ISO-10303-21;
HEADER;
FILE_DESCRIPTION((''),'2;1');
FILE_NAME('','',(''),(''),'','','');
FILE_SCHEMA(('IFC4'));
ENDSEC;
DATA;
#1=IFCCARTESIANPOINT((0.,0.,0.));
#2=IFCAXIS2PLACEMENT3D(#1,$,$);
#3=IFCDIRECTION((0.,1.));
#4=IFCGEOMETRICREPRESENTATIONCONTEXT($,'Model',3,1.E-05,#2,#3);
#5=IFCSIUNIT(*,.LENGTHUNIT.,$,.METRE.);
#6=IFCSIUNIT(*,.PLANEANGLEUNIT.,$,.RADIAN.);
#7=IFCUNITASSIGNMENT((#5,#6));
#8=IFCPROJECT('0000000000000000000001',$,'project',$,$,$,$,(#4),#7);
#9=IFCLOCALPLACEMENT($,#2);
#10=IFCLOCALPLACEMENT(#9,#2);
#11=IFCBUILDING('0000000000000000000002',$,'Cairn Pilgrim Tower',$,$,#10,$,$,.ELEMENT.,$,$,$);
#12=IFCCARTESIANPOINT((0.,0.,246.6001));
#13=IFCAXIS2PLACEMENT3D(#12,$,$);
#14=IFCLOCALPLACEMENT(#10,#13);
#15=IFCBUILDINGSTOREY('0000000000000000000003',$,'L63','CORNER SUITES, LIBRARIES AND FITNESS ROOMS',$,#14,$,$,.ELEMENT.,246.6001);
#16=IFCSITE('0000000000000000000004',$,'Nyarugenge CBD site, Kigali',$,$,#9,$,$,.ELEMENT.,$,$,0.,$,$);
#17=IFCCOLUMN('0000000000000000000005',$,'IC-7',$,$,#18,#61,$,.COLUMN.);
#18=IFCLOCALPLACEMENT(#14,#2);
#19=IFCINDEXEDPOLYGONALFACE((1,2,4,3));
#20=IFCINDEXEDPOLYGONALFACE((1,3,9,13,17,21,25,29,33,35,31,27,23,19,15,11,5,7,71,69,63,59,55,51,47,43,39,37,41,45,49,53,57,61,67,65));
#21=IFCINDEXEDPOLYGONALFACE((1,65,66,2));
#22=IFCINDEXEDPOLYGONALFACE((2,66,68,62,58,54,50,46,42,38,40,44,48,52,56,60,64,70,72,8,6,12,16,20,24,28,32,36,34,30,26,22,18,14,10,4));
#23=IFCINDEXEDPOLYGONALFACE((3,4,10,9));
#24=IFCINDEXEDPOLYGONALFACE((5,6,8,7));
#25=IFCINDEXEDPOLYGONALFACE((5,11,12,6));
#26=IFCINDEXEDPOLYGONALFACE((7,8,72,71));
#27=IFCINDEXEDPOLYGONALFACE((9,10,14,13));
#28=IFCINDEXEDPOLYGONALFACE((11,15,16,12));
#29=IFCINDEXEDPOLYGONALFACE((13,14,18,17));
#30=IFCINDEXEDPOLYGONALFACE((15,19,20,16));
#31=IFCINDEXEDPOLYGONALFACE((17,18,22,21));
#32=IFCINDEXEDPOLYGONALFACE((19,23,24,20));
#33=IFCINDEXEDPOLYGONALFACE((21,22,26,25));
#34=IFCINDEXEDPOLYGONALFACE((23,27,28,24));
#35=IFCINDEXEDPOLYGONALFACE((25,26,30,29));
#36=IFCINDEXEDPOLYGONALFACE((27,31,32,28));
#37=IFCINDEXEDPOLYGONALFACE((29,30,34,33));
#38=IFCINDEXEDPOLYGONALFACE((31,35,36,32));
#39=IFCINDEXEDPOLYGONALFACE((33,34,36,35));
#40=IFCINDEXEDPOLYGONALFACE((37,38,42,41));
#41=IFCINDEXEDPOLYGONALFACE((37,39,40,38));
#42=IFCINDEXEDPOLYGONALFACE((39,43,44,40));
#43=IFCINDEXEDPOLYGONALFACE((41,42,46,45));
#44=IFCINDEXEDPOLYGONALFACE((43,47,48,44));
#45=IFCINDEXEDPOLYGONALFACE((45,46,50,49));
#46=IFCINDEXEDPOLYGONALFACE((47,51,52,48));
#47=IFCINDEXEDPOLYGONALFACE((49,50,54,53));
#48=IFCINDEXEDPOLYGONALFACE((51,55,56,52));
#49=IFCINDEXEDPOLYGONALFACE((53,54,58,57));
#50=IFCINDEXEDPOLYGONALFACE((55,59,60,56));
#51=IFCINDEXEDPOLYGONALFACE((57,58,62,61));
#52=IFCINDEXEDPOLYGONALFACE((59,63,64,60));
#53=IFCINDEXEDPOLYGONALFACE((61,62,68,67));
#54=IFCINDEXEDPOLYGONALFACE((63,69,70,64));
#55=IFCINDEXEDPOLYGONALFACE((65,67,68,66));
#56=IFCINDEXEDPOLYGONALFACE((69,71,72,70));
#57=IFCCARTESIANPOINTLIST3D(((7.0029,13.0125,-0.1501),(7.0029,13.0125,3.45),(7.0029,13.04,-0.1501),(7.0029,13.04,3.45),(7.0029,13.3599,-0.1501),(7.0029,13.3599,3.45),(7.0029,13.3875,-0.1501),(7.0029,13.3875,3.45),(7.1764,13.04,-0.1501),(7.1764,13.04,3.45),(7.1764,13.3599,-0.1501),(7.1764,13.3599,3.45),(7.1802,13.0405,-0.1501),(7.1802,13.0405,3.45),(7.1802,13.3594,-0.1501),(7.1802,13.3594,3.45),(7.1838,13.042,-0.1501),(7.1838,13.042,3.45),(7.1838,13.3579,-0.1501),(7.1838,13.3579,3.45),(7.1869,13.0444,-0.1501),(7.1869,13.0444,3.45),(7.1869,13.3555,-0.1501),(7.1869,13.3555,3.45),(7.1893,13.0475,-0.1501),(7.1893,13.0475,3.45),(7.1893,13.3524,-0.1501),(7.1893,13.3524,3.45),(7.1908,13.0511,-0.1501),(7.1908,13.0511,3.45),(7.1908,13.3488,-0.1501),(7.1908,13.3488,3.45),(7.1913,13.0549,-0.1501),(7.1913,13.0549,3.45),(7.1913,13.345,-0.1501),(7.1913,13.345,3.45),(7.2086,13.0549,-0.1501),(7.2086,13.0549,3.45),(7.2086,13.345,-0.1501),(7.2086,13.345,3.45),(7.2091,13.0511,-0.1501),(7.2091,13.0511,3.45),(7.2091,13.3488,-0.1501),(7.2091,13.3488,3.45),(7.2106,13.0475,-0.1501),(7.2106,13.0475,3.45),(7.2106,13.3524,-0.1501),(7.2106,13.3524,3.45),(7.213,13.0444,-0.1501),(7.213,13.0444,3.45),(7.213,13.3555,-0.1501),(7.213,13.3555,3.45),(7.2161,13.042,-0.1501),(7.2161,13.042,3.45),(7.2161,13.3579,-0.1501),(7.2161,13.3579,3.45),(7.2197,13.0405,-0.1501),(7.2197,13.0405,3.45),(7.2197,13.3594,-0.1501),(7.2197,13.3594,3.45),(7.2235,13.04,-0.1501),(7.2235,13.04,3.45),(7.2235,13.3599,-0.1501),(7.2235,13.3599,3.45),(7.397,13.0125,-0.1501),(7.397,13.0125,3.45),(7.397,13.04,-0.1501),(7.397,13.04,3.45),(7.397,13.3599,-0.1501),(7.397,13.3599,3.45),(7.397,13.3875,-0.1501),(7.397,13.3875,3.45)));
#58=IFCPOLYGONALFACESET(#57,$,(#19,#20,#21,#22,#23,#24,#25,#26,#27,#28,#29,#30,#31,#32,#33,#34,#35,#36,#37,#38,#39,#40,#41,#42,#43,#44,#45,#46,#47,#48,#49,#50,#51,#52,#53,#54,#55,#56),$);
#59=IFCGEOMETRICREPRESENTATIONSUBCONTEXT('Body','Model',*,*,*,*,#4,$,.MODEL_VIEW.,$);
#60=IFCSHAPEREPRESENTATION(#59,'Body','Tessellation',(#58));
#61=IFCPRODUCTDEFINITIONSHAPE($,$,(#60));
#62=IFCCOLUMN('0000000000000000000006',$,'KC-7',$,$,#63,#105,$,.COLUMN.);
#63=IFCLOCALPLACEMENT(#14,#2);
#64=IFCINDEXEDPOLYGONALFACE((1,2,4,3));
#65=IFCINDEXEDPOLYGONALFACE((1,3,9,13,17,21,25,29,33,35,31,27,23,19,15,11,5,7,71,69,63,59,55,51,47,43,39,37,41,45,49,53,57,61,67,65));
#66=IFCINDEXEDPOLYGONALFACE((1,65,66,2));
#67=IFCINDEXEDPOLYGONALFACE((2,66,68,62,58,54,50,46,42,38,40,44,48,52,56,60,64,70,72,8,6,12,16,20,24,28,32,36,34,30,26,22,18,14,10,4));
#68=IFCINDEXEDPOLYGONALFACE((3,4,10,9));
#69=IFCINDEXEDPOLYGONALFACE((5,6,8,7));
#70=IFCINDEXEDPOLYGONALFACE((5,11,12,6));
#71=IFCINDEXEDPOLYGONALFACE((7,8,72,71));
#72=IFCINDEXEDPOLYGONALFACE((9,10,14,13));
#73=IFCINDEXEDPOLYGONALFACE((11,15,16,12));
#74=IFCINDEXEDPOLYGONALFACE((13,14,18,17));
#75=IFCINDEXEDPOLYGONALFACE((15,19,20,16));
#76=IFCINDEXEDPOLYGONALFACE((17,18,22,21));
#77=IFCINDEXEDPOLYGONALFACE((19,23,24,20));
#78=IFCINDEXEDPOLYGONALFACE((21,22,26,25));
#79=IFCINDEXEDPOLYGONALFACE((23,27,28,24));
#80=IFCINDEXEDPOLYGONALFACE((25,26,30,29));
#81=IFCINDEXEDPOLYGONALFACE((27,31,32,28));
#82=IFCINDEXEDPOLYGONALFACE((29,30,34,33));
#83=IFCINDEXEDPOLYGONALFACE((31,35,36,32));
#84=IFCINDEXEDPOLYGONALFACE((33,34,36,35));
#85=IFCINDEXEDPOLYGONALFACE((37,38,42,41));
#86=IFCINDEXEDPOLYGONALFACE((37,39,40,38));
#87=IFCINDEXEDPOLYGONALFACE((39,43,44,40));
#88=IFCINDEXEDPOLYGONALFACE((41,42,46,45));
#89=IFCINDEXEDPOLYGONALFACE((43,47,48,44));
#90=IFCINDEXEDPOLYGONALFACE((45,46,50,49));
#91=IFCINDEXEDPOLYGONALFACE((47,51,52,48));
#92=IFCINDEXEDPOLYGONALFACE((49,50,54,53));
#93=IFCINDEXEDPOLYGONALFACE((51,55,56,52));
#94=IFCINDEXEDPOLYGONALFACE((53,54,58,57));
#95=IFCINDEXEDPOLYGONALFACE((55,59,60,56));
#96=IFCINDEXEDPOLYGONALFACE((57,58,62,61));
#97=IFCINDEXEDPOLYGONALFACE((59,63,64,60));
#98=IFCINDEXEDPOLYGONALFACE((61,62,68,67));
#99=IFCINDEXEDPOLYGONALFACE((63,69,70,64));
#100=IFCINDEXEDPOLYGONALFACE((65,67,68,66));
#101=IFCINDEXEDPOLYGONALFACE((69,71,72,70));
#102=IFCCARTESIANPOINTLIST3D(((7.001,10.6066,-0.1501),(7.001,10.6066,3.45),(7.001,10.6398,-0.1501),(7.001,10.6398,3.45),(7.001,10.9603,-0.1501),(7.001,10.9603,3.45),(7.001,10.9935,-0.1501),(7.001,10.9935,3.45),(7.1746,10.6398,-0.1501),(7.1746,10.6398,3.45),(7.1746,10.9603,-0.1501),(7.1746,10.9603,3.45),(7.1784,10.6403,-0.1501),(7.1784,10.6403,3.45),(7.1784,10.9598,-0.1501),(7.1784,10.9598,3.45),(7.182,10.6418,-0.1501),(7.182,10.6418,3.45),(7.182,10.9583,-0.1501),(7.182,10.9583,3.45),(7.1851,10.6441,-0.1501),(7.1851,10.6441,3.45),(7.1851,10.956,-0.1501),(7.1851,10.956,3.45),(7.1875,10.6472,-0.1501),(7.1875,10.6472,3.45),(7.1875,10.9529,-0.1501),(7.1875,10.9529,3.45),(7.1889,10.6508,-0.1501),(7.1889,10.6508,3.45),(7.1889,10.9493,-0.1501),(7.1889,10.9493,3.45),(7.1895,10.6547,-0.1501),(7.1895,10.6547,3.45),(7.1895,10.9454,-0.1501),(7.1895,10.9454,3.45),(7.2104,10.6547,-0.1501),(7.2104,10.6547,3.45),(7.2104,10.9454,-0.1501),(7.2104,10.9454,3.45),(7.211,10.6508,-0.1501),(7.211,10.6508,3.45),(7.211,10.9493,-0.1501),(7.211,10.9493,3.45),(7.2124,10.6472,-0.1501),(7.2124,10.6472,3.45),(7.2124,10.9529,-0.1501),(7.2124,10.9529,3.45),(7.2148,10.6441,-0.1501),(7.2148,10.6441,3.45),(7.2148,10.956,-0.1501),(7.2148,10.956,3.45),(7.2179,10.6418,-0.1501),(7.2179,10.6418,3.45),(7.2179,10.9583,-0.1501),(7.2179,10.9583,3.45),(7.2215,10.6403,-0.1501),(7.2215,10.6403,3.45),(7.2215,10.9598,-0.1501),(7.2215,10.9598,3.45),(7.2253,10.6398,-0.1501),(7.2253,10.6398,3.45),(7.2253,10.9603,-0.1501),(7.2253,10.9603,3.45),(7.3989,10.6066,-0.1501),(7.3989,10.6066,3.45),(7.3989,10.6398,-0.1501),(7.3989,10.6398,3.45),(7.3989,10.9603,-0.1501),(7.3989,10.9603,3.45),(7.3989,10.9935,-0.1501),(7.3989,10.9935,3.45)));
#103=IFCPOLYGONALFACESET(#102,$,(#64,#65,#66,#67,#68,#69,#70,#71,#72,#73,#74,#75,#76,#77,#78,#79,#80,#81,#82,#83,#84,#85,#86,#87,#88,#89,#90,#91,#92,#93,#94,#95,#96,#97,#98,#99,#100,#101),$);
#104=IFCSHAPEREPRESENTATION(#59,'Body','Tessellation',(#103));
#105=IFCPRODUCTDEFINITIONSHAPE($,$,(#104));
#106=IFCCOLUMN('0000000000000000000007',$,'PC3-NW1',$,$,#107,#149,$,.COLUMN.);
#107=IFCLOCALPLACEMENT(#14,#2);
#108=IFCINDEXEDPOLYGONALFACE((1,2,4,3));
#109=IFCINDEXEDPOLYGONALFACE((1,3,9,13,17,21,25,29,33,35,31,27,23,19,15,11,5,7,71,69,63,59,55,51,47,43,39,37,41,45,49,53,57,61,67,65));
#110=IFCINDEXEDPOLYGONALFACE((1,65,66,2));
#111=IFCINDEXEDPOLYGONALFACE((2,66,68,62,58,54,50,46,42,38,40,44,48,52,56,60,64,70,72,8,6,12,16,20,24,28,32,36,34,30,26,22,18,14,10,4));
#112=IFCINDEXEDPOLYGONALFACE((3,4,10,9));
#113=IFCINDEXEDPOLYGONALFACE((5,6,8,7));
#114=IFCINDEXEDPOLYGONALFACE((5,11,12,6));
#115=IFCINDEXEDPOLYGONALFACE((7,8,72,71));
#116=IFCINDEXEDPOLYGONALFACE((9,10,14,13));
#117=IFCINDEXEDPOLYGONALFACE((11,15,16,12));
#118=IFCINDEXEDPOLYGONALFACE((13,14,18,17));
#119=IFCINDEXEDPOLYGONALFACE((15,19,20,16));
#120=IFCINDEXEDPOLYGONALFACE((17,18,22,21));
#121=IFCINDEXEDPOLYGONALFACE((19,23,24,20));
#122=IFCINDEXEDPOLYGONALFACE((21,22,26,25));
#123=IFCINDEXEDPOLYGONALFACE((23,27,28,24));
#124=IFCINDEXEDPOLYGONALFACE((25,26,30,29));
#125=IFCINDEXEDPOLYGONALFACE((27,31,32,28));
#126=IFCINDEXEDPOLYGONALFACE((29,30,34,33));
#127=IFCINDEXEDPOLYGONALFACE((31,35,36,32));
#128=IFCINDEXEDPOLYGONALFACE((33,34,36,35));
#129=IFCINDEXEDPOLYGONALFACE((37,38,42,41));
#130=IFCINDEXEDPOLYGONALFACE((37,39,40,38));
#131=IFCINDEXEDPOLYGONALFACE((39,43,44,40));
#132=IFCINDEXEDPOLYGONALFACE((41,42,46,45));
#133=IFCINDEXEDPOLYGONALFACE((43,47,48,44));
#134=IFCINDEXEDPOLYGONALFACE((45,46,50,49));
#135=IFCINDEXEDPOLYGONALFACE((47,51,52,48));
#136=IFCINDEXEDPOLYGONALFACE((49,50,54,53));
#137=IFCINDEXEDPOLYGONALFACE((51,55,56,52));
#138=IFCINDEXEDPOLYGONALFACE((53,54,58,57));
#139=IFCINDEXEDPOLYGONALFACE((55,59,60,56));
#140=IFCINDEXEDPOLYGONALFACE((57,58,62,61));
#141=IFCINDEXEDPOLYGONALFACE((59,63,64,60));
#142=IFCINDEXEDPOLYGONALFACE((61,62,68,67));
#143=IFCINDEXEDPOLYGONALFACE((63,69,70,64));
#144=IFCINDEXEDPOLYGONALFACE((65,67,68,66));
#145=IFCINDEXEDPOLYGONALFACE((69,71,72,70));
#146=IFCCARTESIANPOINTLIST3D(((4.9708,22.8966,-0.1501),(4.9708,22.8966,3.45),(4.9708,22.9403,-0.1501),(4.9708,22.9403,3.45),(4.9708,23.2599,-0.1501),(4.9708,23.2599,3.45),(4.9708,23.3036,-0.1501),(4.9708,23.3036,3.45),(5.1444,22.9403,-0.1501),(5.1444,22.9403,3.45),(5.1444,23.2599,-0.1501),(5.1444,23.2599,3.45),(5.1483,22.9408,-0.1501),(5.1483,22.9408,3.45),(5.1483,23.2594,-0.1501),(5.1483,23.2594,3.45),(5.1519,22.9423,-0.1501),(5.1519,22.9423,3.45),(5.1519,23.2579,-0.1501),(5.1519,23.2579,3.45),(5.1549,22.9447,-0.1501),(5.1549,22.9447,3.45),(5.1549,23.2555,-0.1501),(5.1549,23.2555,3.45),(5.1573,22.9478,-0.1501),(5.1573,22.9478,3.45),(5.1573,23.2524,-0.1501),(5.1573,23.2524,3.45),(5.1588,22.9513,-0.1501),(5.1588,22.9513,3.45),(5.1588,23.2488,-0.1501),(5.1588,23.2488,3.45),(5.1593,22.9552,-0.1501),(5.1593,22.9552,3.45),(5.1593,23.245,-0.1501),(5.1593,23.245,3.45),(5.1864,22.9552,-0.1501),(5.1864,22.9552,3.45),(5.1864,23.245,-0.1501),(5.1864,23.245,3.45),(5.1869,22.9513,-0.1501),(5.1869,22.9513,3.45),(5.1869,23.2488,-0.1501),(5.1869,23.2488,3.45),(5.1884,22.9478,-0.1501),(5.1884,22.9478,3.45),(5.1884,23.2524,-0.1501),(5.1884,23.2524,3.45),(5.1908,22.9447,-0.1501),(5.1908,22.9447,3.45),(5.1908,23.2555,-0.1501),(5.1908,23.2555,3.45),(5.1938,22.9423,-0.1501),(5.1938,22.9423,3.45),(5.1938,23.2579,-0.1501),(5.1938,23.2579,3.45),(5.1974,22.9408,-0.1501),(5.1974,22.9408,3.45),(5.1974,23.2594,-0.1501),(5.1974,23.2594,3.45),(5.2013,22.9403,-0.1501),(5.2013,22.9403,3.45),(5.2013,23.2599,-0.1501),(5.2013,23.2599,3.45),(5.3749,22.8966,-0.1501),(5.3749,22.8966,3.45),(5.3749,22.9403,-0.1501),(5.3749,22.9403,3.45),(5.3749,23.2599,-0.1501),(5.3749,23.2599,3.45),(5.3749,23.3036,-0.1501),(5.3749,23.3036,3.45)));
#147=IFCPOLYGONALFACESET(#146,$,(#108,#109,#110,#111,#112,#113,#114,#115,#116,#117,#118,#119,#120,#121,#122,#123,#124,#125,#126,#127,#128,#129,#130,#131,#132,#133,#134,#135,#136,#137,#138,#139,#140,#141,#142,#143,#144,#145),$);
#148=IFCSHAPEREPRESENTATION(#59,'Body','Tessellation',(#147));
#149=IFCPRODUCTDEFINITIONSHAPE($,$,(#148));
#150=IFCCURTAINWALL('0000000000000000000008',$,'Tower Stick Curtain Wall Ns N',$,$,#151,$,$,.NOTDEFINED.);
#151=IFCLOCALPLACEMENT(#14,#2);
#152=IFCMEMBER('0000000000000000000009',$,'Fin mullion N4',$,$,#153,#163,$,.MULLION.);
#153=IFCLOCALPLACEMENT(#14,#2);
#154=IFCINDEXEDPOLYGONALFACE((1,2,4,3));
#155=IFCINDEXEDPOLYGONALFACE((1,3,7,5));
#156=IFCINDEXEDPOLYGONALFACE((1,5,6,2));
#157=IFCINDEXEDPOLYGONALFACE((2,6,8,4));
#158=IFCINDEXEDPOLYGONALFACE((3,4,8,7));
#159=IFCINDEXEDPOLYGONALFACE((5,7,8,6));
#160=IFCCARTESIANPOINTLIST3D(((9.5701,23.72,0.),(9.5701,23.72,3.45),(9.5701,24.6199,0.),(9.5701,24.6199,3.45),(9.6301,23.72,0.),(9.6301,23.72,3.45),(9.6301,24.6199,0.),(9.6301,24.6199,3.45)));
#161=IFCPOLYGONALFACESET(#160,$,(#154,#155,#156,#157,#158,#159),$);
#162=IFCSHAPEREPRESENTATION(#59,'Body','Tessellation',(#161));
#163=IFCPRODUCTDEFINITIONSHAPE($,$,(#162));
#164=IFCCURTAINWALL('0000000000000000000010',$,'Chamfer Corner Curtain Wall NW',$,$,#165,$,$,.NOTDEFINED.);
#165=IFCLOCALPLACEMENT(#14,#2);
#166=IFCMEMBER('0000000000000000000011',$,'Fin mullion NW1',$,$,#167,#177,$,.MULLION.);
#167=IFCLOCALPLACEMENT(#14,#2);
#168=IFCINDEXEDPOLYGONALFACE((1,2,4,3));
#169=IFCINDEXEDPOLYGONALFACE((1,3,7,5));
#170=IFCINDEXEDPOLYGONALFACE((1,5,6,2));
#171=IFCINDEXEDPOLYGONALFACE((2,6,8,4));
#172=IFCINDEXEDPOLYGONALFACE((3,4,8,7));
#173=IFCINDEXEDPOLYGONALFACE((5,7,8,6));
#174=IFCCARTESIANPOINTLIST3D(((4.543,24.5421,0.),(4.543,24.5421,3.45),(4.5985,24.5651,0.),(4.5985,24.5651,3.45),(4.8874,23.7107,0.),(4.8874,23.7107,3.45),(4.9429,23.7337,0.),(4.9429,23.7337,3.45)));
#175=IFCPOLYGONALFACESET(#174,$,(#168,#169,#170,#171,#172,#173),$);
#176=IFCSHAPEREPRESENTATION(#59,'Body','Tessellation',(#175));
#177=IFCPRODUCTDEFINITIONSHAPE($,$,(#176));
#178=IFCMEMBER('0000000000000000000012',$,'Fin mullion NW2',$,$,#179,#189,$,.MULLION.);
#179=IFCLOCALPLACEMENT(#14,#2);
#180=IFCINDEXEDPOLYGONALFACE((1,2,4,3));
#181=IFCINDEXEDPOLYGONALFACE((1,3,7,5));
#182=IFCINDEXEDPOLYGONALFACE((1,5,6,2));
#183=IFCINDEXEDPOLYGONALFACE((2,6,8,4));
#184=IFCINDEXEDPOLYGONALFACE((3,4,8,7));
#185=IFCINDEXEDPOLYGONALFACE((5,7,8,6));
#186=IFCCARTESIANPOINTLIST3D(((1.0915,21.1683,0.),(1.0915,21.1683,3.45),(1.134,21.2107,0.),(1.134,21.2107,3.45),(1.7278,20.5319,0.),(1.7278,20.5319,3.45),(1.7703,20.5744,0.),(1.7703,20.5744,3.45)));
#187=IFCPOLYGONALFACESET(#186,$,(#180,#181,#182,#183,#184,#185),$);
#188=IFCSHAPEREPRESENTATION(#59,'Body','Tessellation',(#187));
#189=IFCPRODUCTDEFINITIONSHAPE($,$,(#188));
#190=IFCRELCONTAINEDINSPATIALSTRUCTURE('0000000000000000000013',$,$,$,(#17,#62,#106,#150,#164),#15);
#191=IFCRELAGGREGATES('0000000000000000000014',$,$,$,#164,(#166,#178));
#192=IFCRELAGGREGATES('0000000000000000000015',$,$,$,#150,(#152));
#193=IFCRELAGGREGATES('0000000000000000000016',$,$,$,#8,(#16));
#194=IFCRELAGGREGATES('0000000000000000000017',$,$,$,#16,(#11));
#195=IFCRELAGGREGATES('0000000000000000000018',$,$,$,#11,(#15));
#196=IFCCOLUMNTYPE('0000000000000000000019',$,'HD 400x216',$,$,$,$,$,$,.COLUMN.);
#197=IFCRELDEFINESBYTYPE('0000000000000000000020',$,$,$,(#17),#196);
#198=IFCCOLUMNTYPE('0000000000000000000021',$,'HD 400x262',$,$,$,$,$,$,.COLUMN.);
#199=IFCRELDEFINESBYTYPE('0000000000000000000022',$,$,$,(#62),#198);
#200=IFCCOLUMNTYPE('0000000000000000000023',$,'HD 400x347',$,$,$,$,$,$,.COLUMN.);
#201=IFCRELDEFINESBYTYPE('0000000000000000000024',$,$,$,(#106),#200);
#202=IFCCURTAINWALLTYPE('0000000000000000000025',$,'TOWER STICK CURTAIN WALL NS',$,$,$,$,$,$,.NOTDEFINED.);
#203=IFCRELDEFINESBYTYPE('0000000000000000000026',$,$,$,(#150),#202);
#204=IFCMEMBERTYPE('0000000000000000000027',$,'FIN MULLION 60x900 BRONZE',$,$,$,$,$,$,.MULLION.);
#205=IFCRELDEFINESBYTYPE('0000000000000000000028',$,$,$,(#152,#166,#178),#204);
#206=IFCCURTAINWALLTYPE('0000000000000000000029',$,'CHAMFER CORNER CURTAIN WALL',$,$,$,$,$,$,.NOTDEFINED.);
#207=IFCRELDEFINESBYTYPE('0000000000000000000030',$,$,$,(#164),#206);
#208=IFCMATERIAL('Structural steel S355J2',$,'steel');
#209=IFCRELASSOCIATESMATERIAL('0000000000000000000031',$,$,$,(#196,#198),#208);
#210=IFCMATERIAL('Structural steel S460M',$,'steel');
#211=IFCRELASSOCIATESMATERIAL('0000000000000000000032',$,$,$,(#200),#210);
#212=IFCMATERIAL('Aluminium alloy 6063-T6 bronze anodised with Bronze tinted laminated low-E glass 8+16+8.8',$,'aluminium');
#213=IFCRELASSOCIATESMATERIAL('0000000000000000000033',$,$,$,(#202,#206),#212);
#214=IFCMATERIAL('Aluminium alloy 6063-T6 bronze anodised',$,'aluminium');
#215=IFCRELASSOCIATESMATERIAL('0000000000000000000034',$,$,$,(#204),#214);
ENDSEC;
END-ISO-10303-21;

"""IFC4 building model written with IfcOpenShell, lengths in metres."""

from ifc_helpers import new_model, si_unit, direction, frame, origin, origin_2d, place, context, subcontext, project, spatial, rectangle, i_section, extrude, material, material_profile, profile_set, type_object, element, aggregate, save


model = new_model("IFC4")

# Units and contexts
model_context = context("Model", 3, precision=1e-05, world=origin(), true_north=direction((0.0, 1.0)))
body_context = subcontext(model_context, "Body", "Model", "MODEL_VIEW")
ifc_project = project(units=[si_unit("LENGTHUNIT", "METRE"), si_unit("PLANEANGLEUNIT", "RADIAN")], contexts=[model_context])

# Site, building, storey
site_placement = place(None, origin())
site = spatial("IfcSite", under=ifc_project, at=site_placement, Name="Nyarugenge CBD site, Kigali", CompositionType="ELEMENT", RefElevation=0.0)
building_placement = place(site_placement, origin())
building = spatial("IfcBuilding", under=site, at=building_placement, Name="Cairn Pilgrim Tower", CompositionType="ELEMENT")
storey_placement = place(building_placement, frame((0.0, 0.0, 246.6001)))
storey = spatial("IfcBuildingStorey", under=building, at=storey_placement, Name="L63", Description="CORNER SUITES, LIBRARIES AND FITNESS ROOMS", CompositionType="ELEMENT", Elevation=246.6001)

# Columns
ifc_material_1 = material(Name="Structural steel S355J2", Category="steel")
ifc_material_profile_1 = material_profile(ifc_material_1, i_section(OverallWidth=0.394, OverallDepth=0.375, WebThickness=0.0173, FlangeThickness=0.0276, FilletRadius=0.0149, at=origin_2d()), Name="HD 400x216")
ifc_profile_set_1 = profile_set([ifc_material_profile_1], Name="Structural steel S355J2")
column_type_1 = type_object("IfcColumnType", Name="HD 400x216", PredefinedType="COLUMN", material=ifc_profile_set_1)
column_1_placement = place(storey_placement, frame((7.2, 13.2, -0.1501), z_axis=(0.0, 0.0, 1.0), x_axis=(1.0, 0.0, 0.0)))
element("IfcColumn", 1, at=column_1_placement, inside=storey, type_object=column_type_1, Name="IC-7", PredefinedType="COLUMN", context=body_context, shape_type="SweptSolid", body=[
    extrude(i_section(OverallWidth=0.394, OverallDepth=0.375, WebThickness=0.0173, FlangeThickness=0.0276, FilletRadius=0.0149, at=origin_2d()), origin(), (0.0, 0.0, 1.0), 3.6001),
])
ifc_material_profile_2 = material_profile(ifc_material_1, i_section(OverallWidth=0.3979, OverallDepth=0.387, WebThickness=0.021, FlangeThickness=0.0332, FilletRadius=0.0149, at=origin_2d()), Name="HD 400x262")
ifc_profile_set_2 = profile_set([ifc_material_profile_2], Name="Structural steel S355J2")
column_type_2 = type_object("IfcColumnType", Name="HD 400x262", PredefinedType="COLUMN", material=ifc_profile_set_2)
column_2_placement = place(storey_placement, frame((7.2, 10.8, -0.1501), z_axis=(0.0, 0.0, 1.0), x_axis=(1.0, 0.0, 0.0)))
element("IfcColumn", 2, at=column_2_placement, inside=storey, type_object=column_type_2, Name="KC-7", PredefinedType="COLUMN", context=body_context, shape_type="SweptSolid", body=[
    extrude(i_section(OverallWidth=0.3979, OverallDepth=0.387, WebThickness=0.021, FlangeThickness=0.0332, FilletRadius=0.0149, at=origin_2d()), origin(), (0.0, 0.0, 1.0), 3.6001),
])
ifc_material_2 = material(Name="Structural steel S460M", Category="steel")
ifc_material_profile_3 = material_profile(ifc_material_2, i_section(OverallWidth=0.4041, OverallDepth=0.407, WebThickness=0.0271, FlangeThickness=0.0437, FilletRadius=0.0149, at=origin_2d()), Name="HD 400x347")
ifc_profile_set_3 = profile_set([ifc_material_profile_3], Name="Structural steel S460M")
column_type_3 = type_object("IfcColumnType", Name="HD 400x347", PredefinedType="COLUMN", material=ifc_profile_set_3)
column_3_placement = place(storey_placement, frame((5.1729, 23.1001, -0.1501), z_axis=(0.0, 0.0, 1.0), x_axis=(1.0, 0.0, 0.0)))
element("IfcColumn", 3, at=column_3_placement, inside=storey, type_object=column_type_3, Name="PC3-NW1", PredefinedType="COLUMN", context=body_context, shape_type="SweptSolid", body=[
    extrude(i_section(OverallWidth=0.4041, OverallDepth=0.407, WebThickness=0.0271, FlangeThickness=0.0437, FilletRadius=0.0149, at=origin_2d()), origin(), (0.0, 0.0, 1.0), 3.6001),
])

# Curtain wall, member
ifc_material_3 = material(Name="Aluminium alloy 6063-T6 bronze anodised with Bronze tinted laminated low-E glass 8+16+8.8", Category="aluminium")
curtain_wall_type_1 = type_object("IfcCurtainWallType", Name="TOWER STICK CURTAIN WALL NS", PredefinedType="NOTDEFINED", material=ifc_material_3)
curtain_wall_1_placement = place(storey_placement, origin())
curtain_wall_1 = element("IfcCurtainWall", 4, at=curtain_wall_1_placement, inside=storey, type_object=curtain_wall_type_1, Name="Tower Stick Curtain Wall Ns N", PredefinedType="NOTDEFINED")
ifc_material_4 = material(Name="Aluminium alloy 6063-T6 bronze anodised", Category="aluminium")
ifc_material_profile_4 = material_profile(ifc_material_4, rectangle(XDim=0.8999, YDim=0.0601, at=origin_2d()), Name="FIN MULLION 60x900 BRONZE")
ifc_profile_set_4 = profile_set([ifc_material_profile_4], Name="Aluminium alloy 6063-T6 bronze anodised")
member_type_1 = type_object("IfcMemberType", Name="FIN MULLION 60x900 BRONZE", PredefinedType="MULLION", material=ifc_profile_set_4)
member_1_placement = place(storey_placement, frame((9.6001, 24.1699, 0.0), z_axis=(0.0, 0.0, 1.0), x_axis=(0.0, 1.0, 0.0)))
member_1 = element("IfcMember", 5, at=member_1_placement, type_object=member_type_1, Name="Fin mullion N4", PredefinedType="MULLION", context=body_context, shape_type="SweptSolid", body=[
    extrude(rectangle(XDim=0.8999, YDim=0.0601, at=origin_2d()), origin(), (0.0, 0.0, 1.0), 3.45),
])

# Curtain wall, members
curtain_wall_type_2 = type_object("IfcCurtainWallType", Name="CHAMFER CORNER CURTAIN WALL", PredefinedType="NOTDEFINED", material=ifc_material_3)
curtain_wall_2_placement = place(storey_placement, origin())
curtain_wall_2 = element("IfcCurtainWall", 6, at=curtain_wall_2_placement, inside=storey, type_object=curtain_wall_type_2, Name="Chamfer Corner Curtain Wall NW", PredefinedType="NOTDEFINED")
member_2_placement = place(storey_placement, frame((4.7429, 24.1379, 0.0), z_axis=(0.0, 0.0, 1.0), x_axis=(-0.382683, 0.92388, 0.0)))
member_2 = element("IfcMember", 7, at=member_2_placement, type_object=member_type_1, Name="Fin mullion NW1", PredefinedType="MULLION", context=body_context, shape_type="SweptSolid", body=[
    extrude(rectangle(XDim=0.8999, YDim=0.0601, at=origin_2d()), origin(), (0.0, 0.0, 1.0), 3.45),
])
member_3_placement = place(storey_placement, frame((1.4309, 20.8713, 0.0), z_axis=(0.0, 0.0, 1.0), x_axis=(-0.707107, 0.707107, 0.0)))
member_3 = element("IfcMember", 8, at=member_3_placement, type_object=member_type_1, Name="Fin mullion NW2", PredefinedType="MULLION", context=body_context, shape_type="SweptSolid", body=[
    extrude(rectangle(XDim=0.8999, YDim=0.0601, at=origin_2d()), origin(), (0.0, 0.0, 1.0), 3.45),
])

aggregate(curtain_wall_2, [member_2, member_3])
aggregate(curtain_wall_1, [member_1])

save(model, "model.ifc")
